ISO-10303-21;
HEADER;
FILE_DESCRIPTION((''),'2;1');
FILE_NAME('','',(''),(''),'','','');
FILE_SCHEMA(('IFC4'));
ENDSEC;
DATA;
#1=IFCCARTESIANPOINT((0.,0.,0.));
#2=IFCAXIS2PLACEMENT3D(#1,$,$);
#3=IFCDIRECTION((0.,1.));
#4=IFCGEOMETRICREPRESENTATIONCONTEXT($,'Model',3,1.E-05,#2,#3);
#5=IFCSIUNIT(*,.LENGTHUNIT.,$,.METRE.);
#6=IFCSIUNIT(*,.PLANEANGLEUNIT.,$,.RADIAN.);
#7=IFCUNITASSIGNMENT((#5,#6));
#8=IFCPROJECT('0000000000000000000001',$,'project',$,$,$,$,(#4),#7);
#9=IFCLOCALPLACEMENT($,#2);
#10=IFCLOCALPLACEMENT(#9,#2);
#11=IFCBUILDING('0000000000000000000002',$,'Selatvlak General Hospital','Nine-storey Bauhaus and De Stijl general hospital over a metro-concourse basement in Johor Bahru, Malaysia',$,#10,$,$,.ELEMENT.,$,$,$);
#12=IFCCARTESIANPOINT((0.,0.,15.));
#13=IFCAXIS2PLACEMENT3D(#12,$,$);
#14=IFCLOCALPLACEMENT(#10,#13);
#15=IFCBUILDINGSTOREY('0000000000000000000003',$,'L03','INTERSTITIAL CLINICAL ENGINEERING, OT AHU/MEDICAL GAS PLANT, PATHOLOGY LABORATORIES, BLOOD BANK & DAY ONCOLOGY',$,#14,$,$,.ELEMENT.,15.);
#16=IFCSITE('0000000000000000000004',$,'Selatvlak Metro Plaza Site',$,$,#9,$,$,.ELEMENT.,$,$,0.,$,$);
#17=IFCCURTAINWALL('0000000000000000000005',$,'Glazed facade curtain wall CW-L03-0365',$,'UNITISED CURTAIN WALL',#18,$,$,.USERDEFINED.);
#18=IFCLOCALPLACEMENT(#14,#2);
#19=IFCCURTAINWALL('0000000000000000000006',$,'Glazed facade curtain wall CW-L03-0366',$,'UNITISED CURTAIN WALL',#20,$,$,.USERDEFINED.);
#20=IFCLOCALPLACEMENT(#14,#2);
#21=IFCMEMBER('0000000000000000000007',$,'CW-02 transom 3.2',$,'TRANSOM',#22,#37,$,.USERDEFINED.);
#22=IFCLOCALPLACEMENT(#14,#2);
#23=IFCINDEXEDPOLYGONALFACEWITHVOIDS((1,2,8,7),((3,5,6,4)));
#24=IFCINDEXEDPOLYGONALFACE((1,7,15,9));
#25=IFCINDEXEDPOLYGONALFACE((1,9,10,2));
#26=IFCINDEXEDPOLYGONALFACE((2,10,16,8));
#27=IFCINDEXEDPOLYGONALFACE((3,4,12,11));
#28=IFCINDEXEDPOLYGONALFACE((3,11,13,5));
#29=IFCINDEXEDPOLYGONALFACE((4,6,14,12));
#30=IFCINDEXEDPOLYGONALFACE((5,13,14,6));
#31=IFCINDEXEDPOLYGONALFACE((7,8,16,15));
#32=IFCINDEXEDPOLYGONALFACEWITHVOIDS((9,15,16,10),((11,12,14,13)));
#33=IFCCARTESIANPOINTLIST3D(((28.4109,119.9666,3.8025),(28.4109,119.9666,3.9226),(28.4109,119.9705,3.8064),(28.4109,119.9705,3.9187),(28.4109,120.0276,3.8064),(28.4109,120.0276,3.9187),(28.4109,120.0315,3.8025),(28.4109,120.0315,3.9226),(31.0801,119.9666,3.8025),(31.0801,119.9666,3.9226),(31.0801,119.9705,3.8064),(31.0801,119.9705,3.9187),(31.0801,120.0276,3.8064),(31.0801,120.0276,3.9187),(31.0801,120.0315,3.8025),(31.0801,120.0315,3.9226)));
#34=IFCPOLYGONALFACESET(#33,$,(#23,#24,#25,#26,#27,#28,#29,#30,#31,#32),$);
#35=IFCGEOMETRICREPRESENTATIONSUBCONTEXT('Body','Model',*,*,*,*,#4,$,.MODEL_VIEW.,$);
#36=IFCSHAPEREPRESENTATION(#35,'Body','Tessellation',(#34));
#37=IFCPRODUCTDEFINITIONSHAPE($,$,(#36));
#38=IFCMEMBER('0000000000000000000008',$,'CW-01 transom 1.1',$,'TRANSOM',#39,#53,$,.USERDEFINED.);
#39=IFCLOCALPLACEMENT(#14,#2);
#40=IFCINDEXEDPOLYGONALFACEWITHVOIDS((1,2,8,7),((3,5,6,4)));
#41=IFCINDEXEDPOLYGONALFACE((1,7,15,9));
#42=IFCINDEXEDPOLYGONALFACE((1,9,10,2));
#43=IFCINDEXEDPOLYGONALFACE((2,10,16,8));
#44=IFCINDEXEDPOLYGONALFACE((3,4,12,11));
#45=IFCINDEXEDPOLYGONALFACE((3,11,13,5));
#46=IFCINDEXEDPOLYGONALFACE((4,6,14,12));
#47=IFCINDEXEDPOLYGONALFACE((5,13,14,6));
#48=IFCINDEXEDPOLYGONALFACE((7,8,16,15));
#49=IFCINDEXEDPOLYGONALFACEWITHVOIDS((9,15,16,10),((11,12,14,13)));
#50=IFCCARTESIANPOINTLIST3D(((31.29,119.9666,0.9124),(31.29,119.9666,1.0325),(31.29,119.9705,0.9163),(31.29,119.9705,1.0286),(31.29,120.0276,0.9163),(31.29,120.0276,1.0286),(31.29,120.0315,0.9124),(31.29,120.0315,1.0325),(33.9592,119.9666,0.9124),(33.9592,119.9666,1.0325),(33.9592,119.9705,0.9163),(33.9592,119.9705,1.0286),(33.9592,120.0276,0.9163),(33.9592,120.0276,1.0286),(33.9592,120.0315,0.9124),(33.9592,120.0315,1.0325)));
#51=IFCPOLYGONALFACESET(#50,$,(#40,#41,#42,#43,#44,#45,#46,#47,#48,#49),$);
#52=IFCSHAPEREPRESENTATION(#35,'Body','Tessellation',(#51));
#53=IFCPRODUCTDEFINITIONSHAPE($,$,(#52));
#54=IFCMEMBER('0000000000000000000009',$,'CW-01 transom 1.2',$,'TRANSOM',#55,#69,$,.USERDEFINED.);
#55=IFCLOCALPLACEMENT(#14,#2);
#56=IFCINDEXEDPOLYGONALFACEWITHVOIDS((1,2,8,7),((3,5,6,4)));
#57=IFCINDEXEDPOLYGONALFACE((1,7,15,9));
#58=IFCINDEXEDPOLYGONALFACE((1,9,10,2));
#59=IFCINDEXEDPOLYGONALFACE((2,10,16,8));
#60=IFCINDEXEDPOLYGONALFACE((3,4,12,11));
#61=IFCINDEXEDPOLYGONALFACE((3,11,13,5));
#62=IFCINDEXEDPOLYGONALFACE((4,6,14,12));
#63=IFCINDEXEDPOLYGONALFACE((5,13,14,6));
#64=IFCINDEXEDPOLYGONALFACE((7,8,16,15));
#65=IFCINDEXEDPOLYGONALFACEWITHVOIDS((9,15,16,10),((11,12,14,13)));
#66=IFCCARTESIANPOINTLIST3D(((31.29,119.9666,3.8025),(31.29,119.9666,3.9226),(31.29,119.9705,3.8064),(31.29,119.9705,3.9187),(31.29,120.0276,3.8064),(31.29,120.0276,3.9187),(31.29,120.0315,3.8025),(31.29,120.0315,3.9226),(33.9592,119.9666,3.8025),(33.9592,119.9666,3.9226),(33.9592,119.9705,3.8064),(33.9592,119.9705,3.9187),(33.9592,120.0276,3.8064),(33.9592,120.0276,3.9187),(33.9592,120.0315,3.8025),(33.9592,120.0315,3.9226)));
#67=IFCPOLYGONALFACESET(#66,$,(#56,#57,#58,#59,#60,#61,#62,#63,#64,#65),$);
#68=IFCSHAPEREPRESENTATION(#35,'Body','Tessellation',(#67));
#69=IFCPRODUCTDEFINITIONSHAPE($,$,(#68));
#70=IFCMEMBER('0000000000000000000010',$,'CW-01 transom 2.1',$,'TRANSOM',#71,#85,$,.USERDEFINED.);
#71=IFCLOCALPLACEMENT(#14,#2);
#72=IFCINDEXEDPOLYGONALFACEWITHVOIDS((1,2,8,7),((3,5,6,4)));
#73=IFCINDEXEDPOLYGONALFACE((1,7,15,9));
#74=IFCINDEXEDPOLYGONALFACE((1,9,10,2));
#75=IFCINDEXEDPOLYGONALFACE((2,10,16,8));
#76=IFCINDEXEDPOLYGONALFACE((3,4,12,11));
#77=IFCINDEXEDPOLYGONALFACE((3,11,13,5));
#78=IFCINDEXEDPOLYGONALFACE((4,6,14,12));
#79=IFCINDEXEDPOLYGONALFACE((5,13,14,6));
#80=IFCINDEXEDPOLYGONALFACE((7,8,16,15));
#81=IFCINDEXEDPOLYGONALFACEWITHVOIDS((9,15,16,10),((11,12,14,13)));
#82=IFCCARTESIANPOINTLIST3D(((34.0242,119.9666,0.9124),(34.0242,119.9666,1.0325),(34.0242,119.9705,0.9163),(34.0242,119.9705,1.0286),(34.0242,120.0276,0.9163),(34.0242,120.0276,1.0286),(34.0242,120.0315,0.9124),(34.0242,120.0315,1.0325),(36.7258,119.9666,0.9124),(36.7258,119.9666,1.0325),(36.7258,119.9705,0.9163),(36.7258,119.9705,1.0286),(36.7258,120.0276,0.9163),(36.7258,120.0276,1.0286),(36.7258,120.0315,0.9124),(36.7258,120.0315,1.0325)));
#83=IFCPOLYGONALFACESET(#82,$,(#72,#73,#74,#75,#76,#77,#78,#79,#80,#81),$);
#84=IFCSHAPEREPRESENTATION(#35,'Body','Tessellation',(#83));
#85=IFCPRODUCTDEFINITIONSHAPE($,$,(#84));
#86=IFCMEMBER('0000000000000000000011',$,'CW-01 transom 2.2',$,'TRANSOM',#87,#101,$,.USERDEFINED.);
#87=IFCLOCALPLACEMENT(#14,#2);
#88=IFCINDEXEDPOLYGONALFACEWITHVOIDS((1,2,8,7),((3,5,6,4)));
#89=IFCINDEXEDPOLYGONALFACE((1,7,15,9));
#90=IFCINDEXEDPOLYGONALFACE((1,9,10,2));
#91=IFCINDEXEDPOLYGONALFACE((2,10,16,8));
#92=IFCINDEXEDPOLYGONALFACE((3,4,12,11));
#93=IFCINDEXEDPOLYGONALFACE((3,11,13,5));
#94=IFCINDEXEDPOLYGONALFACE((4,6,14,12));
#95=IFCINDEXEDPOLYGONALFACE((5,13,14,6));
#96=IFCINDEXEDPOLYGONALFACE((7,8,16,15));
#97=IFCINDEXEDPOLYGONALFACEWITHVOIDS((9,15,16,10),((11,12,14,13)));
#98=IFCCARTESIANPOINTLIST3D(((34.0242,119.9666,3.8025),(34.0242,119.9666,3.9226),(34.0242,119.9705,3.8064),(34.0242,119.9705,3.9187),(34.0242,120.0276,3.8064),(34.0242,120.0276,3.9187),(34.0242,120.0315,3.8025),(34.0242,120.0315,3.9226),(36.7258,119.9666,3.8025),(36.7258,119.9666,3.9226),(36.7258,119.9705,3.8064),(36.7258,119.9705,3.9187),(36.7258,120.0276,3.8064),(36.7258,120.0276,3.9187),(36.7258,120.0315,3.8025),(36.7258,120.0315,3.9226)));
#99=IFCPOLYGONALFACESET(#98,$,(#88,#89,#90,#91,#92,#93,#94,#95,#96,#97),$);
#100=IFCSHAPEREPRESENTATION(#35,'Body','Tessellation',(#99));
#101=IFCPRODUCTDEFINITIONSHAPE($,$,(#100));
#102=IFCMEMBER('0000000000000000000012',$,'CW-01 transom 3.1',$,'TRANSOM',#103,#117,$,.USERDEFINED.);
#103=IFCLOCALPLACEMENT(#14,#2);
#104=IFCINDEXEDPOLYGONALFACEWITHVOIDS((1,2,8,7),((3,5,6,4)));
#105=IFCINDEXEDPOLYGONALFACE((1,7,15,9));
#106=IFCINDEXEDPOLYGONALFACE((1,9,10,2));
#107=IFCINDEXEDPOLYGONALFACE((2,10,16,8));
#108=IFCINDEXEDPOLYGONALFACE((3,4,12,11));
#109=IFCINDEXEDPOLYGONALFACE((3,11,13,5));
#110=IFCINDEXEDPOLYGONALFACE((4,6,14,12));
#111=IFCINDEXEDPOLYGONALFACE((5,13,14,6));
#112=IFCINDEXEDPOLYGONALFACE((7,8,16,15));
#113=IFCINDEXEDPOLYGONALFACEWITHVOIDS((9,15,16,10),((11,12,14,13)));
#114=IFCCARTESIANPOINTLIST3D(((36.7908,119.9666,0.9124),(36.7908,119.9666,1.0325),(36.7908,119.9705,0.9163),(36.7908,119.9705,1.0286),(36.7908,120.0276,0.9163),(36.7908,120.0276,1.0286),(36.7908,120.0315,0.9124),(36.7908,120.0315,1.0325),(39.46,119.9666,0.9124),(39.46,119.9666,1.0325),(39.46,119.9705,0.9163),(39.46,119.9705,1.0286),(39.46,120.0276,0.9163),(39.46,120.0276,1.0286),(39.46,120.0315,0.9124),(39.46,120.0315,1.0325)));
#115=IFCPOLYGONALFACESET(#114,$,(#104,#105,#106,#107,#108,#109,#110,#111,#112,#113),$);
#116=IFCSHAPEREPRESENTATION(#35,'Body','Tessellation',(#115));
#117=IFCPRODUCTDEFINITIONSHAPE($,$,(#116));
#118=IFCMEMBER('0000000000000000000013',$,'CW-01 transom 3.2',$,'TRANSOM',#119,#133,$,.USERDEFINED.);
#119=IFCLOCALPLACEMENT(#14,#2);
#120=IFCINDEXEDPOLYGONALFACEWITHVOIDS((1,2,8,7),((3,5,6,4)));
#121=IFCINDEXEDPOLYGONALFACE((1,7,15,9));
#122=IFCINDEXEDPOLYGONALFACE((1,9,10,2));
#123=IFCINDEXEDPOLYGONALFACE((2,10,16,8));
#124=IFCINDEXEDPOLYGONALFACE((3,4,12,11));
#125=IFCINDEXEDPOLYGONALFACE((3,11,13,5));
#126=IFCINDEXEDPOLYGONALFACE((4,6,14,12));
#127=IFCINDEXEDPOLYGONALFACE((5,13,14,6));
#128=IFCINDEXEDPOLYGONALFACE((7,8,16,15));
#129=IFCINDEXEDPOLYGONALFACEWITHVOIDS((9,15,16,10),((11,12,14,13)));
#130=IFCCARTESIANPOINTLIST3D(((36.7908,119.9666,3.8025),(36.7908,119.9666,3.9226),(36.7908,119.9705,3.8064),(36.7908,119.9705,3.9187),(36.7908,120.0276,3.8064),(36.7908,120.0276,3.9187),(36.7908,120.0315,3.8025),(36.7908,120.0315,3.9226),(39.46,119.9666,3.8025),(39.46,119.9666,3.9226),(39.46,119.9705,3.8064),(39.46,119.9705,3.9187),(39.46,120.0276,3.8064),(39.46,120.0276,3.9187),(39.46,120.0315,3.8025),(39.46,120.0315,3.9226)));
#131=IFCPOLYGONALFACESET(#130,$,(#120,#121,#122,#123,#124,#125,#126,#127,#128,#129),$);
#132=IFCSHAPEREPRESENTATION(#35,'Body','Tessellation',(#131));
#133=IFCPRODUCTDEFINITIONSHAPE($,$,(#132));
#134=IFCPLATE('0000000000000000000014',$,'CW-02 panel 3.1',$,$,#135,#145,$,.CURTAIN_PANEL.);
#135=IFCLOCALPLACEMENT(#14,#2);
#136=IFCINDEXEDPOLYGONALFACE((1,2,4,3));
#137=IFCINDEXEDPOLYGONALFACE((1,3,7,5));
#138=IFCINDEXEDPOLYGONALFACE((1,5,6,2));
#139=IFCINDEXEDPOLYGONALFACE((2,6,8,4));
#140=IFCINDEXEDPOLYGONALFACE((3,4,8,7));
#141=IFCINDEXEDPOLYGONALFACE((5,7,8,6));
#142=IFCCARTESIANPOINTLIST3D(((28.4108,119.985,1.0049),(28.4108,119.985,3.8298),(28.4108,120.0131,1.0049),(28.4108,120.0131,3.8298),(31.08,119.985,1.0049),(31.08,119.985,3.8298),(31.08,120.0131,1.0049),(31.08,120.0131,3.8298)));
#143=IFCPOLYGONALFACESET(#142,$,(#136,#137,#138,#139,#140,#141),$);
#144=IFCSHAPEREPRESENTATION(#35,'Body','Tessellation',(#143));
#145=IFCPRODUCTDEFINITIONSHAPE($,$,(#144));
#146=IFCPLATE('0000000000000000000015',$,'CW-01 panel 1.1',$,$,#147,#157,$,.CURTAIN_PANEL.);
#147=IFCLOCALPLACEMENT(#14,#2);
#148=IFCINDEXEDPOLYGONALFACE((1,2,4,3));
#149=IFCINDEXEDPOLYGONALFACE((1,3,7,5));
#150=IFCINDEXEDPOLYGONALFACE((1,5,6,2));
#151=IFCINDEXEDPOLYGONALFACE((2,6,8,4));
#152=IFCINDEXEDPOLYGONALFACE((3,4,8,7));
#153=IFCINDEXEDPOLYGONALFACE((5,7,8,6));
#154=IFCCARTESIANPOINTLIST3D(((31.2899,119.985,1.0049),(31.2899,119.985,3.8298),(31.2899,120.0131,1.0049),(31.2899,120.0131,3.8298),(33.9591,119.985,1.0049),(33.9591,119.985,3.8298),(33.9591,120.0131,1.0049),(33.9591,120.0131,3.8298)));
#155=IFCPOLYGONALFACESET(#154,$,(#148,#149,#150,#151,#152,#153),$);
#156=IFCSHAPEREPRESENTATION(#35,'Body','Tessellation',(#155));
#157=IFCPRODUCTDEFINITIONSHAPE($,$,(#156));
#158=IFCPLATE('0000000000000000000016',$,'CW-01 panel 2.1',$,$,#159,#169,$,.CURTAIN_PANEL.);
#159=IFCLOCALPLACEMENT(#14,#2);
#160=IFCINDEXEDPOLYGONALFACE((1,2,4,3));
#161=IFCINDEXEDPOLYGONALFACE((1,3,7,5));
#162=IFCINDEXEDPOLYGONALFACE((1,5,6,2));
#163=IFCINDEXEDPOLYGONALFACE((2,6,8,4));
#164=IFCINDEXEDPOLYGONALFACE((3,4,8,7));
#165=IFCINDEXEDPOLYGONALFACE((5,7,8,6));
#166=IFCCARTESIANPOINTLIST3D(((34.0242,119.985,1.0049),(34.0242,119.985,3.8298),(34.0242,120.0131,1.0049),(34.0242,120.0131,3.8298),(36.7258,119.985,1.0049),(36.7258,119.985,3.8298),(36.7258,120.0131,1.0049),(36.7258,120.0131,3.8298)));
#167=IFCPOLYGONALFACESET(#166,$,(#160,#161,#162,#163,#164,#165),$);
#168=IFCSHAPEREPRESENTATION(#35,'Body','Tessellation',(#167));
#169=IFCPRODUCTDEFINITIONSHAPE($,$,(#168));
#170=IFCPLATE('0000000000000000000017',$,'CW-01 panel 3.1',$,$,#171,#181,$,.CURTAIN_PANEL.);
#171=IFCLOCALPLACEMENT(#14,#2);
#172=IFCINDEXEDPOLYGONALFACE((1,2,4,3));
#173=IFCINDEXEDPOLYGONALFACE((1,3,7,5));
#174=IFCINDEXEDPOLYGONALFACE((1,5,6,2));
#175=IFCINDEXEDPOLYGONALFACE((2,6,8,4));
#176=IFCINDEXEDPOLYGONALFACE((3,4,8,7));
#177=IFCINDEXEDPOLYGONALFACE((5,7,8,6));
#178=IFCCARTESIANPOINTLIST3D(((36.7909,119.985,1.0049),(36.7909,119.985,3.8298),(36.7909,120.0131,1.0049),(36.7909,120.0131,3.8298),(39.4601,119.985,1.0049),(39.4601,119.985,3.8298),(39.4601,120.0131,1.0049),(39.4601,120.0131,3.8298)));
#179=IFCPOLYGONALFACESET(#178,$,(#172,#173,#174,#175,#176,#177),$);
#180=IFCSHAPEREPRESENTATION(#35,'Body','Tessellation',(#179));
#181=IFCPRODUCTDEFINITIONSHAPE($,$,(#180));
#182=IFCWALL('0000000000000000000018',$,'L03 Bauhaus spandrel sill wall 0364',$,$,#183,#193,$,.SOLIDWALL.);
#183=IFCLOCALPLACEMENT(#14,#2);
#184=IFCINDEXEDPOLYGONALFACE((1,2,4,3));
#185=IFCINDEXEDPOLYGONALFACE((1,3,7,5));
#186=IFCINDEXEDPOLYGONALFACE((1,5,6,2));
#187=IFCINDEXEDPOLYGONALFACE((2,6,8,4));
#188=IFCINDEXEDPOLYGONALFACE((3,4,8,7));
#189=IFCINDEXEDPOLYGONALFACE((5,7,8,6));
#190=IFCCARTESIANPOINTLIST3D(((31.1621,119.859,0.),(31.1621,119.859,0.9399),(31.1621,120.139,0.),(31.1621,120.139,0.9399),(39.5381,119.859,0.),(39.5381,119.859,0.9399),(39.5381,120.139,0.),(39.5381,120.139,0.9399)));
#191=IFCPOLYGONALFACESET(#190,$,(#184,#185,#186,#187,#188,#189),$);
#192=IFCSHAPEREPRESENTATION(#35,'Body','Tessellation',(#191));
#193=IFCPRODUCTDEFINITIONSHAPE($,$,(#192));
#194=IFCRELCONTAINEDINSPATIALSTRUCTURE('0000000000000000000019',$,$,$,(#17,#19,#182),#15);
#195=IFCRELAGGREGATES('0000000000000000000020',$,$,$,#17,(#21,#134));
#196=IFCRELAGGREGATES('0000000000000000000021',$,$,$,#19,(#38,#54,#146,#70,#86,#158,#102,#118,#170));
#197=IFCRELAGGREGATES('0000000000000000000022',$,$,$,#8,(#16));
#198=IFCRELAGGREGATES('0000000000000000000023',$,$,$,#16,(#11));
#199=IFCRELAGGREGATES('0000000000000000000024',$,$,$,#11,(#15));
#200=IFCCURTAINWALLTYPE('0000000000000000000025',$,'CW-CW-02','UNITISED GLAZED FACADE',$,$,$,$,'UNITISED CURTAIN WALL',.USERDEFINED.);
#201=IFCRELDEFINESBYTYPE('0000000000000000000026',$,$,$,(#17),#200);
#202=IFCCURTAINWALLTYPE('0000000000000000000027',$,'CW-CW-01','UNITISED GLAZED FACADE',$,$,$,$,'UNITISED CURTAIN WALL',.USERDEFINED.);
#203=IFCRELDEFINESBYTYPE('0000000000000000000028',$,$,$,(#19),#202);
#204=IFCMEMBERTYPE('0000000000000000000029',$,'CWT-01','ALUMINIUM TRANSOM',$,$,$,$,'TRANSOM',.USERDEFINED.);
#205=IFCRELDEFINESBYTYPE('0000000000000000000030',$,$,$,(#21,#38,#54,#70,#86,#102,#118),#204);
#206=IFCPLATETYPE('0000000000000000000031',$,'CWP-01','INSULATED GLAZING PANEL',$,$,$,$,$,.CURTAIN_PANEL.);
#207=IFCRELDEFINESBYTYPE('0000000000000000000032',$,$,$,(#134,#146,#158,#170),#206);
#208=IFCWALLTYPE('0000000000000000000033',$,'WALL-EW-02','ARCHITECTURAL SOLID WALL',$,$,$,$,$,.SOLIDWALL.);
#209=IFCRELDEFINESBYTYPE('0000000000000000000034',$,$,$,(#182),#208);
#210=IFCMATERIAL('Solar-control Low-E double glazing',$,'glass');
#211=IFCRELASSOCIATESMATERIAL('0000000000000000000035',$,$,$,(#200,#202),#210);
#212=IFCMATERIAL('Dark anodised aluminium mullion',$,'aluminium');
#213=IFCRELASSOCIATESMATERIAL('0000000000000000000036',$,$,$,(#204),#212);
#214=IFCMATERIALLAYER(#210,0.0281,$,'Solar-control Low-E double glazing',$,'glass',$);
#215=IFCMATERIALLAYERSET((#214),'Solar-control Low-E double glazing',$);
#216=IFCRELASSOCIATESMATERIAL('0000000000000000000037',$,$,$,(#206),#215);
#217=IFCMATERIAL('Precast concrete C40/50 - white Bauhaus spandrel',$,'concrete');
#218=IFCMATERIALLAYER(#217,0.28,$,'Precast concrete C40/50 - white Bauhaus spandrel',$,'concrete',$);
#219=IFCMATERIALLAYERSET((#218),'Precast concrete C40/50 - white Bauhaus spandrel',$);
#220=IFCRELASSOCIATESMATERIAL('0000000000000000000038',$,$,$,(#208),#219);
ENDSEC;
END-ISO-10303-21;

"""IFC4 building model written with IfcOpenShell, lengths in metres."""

from ifc_helpers import new_model, si_unit, direction, frame, frame_2d, origin, origin_2d, place, context, subcontext, project, spatial, rectangle, hollow_rectangle, extrude, material, layer, layer_set, material_profile, profile_set, type_object, element, aggregate, save


model = new_model("IFC4")

# Units and contexts
model_context = context("Model", 3, precision=1e-05, world=origin(), true_north=direction((0.0, 1.0)))
body_context = subcontext(model_context, "Body", "Model", "MODEL_VIEW")
ifc_project = project(units=[si_unit("LENGTHUNIT", "METRE"), si_unit("PLANEANGLEUNIT", "RADIAN")], contexts=[model_context])

# Site, building, storey
site_placement = place(None, origin())
site = spatial("IfcSite", under=ifc_project, at=site_placement, Name="Selatvlak Metro Plaza Site", CompositionType="ELEMENT", RefElevation=0.0)
building_placement = place(site_placement, origin())
building = spatial("IfcBuilding", under=site, at=building_placement, Name="Selatvlak General Hospital", Description="Nine-storey Bauhaus and De Stijl general hospital over a metro-concourse basement in Johor Bahru, Malaysia", CompositionType="ELEMENT")
storey_placement = place(building_placement, frame((0.0, 0.0, 15.0)))
storey = spatial("IfcBuildingStorey", under=building, at=storey_placement, Name="L03", Description="INTERSTITIAL CLINICAL ENGINEERING, OT AHU/MEDICAL GAS PLANT, PATHOLOGY LABORATORIES, BLOOD BANK & DAY ONCOLOGY", CompositionType="ELEMENT", Elevation=15.0)

# Curtain wall
ifc_material_1 = material(Name="Solar-control Low-E double glazing", Category="glass")
curtain_wall_type_1 = type_object("IfcCurtainWallType", Name="CW-CW-02", Description="UNITISED GLAZED FACADE", ElementType="UNITISED CURTAIN WALL", PredefinedType="USERDEFINED", material=ifc_material_1)
curtain_wall_1_placement = place(storey_placement, origin())
curtain_wall_1 = element("IfcCurtainWall", 1, at=curtain_wall_1_placement, inside=storey, type_object=curtain_wall_type_1, Name="Glazed facade curtain wall CW-L03-0365", ObjectType="UNITISED CURTAIN WALL", PredefinedType="USERDEFINED")
ifc_material_2 = material(Name="Dark anodised aluminium mullion", Category="aluminium")

# Curtain wall
curtain_wall_type_2 = type_object("IfcCurtainWallType", Name="CW-CW-01", Description="UNITISED GLAZED FACADE", ElementType="UNITISED CURTAIN WALL", PredefinedType="USERDEFINED", material=ifc_material_1)
curtain_wall_2_placement = place(storey_placement, origin())
curtain_wall_2 = element("IfcCurtainWall", 2, at=curtain_wall_2_placement, inside=storey, type_object=curtain_wall_type_2, Name="Glazed facade curtain wall CW-L03-0366", ObjectType="UNITISED CURTAIN WALL", PredefinedType="USERDEFINED")

# Members
ifc_material_profile_1 = material_profile(ifc_material_2, hollow_rectangle(XDim=0.0649, YDim=0.1201, WallThickness=0.0039, at=origin_2d()), Name="AL-TRN 65x120x4")
ifc_profile_set_1 = profile_set([ifc_material_profile_1], Name="Dark anodised aluminium mullion")
member_type_1 = type_object("IfcMemberType", Name="CWT-01", Description="ALUMINIUM TRANSOM", ElementType="TRANSOM", PredefinedType="USERDEFINED", material=ifc_profile_set_1)
member_1_placement = place(storey_placement, frame((28.4109, 119.999, 3.8625), z_axis=(1.0, 0.0, 0.0), x_axis=(0.0, 1.0, 0.0)))
member_1 = element("IfcMember", 3, at=member_1_placement, type_object=member_type_1, Name="CW-02 transom 3.2", ObjectType="TRANSOM", PredefinedType="USERDEFINED", context=body_context, shape_type="SweptSolid", body=[
    extrude(hollow_rectangle(XDim=0.0649, YDim=0.1201, WallThickness=0.0039, at=origin_2d()), origin(), (0.0, 0.0, 1.0), 2.6692),
])
member_2_placement = place(storey_placement, frame((31.29, 119.999, 0.9724), z_axis=(1.0, 0.0, 0.0), x_axis=(0.0, 1.0, 0.0)))
member_2 = element("IfcMember", 4, at=member_2_placement, type_object=member_type_1, Name="CW-01 transom 1.1", ObjectType="TRANSOM", PredefinedType="USERDEFINED", context=body_context, shape_type="SweptSolid", body=[
    extrude(hollow_rectangle(XDim=0.0649, YDim=0.1201, WallThickness=0.0039, at=origin_2d()), origin(), (0.0, 0.0, 1.0), 2.6692),
])
member_3_placement = place(storey_placement, frame((31.29, 119.999, 3.8625), z_axis=(1.0, 0.0, 0.0), x_axis=(0.0, 1.0, 0.0)))
member_3 = element("IfcMember", 5, at=member_3_placement, type_object=member_type_1, Name="CW-01 transom 1.2", ObjectType="TRANSOM", PredefinedType="USERDEFINED", context=body_context, shape_type="SweptSolid", body=[
    extrude(hollow_rectangle(XDim=0.0649, YDim=0.1201, WallThickness=0.0039, at=origin_2d()), origin(), (0.0, 0.0, 1.0), 2.6692),
])
member_4_placement = place(storey_placement, frame((34.0242, 119.999, 0.9724), z_axis=(1.0, 0.0, 0.0), x_axis=(0.0, 1.0, 0.0)))
member_4 = element("IfcMember", 6, at=member_4_placement, type_object=member_type_1, Name="CW-01 transom 2.1", ObjectType="TRANSOM", PredefinedType="USERDEFINED", context=body_context, shape_type="SweptSolid", body=[
    extrude(hollow_rectangle(XDim=0.0649, YDim=0.1201, WallThickness=0.0039, at=origin_2d()), origin(), (0.0, 0.0, 1.0), 2.7017),
])
member_5_placement = place(storey_placement, frame((34.0242, 119.999, 3.8625), z_axis=(1.0, 0.0, 0.0), x_axis=(0.0, 1.0, 0.0)))
member_5 = element("IfcMember", 7, at=member_5_placement, type_object=member_type_1, Name="CW-01 transom 2.2", ObjectType="TRANSOM", PredefinedType="USERDEFINED", context=body_context, shape_type="SweptSolid", body=[
    extrude(hollow_rectangle(XDim=0.0649, YDim=0.1201, WallThickness=0.0039, at=origin_2d()), origin(), (0.0, 0.0, 1.0), 2.7017),
])
member_6_placement = place(storey_placement, frame((36.7908, 119.999, 0.9724), z_axis=(1.0, 0.0, 0.0), x_axis=(0.0, 1.0, 0.0)))
member_6 = element("IfcMember", 8, at=member_6_placement, type_object=member_type_1, Name="CW-01 transom 3.1", ObjectType="TRANSOM", PredefinedType="USERDEFINED", context=body_context, shape_type="SweptSolid", body=[
    extrude(hollow_rectangle(XDim=0.0649, YDim=0.1201, WallThickness=0.0039, at=origin_2d()), origin(), (0.0, 0.0, 1.0), 2.6692),
])
member_7_placement = place(storey_placement, frame((36.7908, 119.999, 3.8625), z_axis=(1.0, 0.0, 0.0), x_axis=(0.0, 1.0, 0.0)))
member_7 = element("IfcMember", 9, at=member_7_placement, type_object=member_type_1, Name="CW-01 transom 3.2", ObjectType="TRANSOM", PredefinedType="USERDEFINED", context=body_context, shape_type="SweptSolid", body=[
    extrude(hollow_rectangle(XDim=0.0649, YDim=0.1201, WallThickness=0.0039, at=origin_2d()), origin(), (0.0, 0.0, 1.0), 2.6692),
])

# Plates
ifc_layer_1 = layer(ifc_material_1, 0.0281, Name="Solar-control Low-E double glazing", Category="glass")
ifc_layer_set_1 = layer_set([ifc_layer_1], Name="Solar-control Low-E double glazing")
plate_type = type_object("IfcPlateType", Name="CWP-01", Description="INSULATED GLAZING PANEL", PredefinedType="CURTAIN_PANEL", material=ifc_layer_set_1)
plate_1_placement = place(storey_placement, frame((29.7454, 119.999, 1.0049), z_axis=(0.0, 0.0, 1.0), x_axis=(1.0, 0.0, 0.0)))
plate_1 = element("IfcPlate", 10, at=plate_1_placement, type_object=plate_type, Name="CW-02 panel 3.1", PredefinedType="CURTAIN_PANEL", context=body_context, shape_type="SweptSolid", body=[
    extrude(rectangle(XDim=2.6692, YDim=0.0281, at=origin_2d()), origin(), (0.0, 0.0, 1.0), 2.825),
])
aggregate(curtain_wall_1, [member_1, plate_1])
plate_2_placement = place(storey_placement, frame((32.6245, 119.999, 1.0049), z_axis=(0.0, 0.0, 1.0), x_axis=(1.0, 0.0, 0.0)))
plate_2 = element("IfcPlate", 11, at=plate_2_placement, type_object=plate_type, Name="CW-01 panel 1.1", PredefinedType="CURTAIN_PANEL", context=body_context, shape_type="SweptSolid", body=[
    extrude(rectangle(XDim=2.6692, YDim=0.0281, at=origin_2d()), origin(), (0.0, 0.0, 1.0), 2.825),
])
plate_3_placement = place(storey_placement, frame((35.375, 119.999, 1.0049), z_axis=(0.0, 0.0, 1.0), x_axis=(1.0, 0.0, 0.0)))
plate_3 = element("IfcPlate", 12, at=plate_3_placement, type_object=plate_type, Name="CW-01 panel 2.1", PredefinedType="CURTAIN_PANEL", context=body_context, shape_type="SweptSolid", body=[
    extrude(rectangle(XDim=2.7017, YDim=0.0281, at=origin_2d()), origin(), (0.0, 0.0, 1.0), 2.825),
])
plate_4_placement = place(storey_placement, frame((38.1255, 119.999, 1.0049), z_axis=(0.0, 0.0, 1.0), x_axis=(1.0, 0.0, 0.0)))
plate_4 = element("IfcPlate", 13, at=plate_4_placement, type_object=plate_type, Name="CW-01 panel 3.1", PredefinedType="CURTAIN_PANEL", context=body_context, shape_type="SweptSolid", body=[
    extrude(rectangle(XDim=2.6692, YDim=0.0281, at=origin_2d()), origin(), (0.0, 0.0, 1.0), 2.825),
])
aggregate(curtain_wall_2, [member_2, member_3, plate_2, member_4, member_5, plate_3, member_6, member_7, plate_4])

# Wall
ifc_material_3 = material(Name="Precast concrete C40/50 - white Bauhaus spandrel", Category="concrete")
ifc_layer_2 = layer(ifc_material_3, 0.28, Name="Precast concrete C40/50 - white Bauhaus spandrel", Category="concrete")
ifc_layer_set_2 = layer_set([ifc_layer_2], Name="Precast concrete C40/50 - white Bauhaus spandrel")
wall_type_1 = type_object("IfcWallType", Name="WALL-EW-02", Description="ARCHITECTURAL SOLID WALL", PredefinedType="SOLIDWALL", material=ifc_layer_set_2)
for number, where, z_axis, x_axis, name in (
    (14, (31.1621, 119.999, 0.0), (0.0, 0.0, 1.0), (1.0, 0.0, 0.0), "L03 Bauhaus spandrel sill wall 0364"),
):
    element("IfcWall", number, at=place(storey_placement, frame(where, z_axis=z_axis, x_axis=x_axis)), inside=storey, type_object=wall_type_1, Name=name, PredefinedType="SOLIDWALL", context=body_context, shape_type="SweptSolid", body=[
        extrude(rectangle(XDim=8.376, YDim=0.28, at=frame_2d((4.188, 0.0))), origin(), (0.0, 0.0, 1.0), 0.9399),
    ])

save(model, "model.ifc")
